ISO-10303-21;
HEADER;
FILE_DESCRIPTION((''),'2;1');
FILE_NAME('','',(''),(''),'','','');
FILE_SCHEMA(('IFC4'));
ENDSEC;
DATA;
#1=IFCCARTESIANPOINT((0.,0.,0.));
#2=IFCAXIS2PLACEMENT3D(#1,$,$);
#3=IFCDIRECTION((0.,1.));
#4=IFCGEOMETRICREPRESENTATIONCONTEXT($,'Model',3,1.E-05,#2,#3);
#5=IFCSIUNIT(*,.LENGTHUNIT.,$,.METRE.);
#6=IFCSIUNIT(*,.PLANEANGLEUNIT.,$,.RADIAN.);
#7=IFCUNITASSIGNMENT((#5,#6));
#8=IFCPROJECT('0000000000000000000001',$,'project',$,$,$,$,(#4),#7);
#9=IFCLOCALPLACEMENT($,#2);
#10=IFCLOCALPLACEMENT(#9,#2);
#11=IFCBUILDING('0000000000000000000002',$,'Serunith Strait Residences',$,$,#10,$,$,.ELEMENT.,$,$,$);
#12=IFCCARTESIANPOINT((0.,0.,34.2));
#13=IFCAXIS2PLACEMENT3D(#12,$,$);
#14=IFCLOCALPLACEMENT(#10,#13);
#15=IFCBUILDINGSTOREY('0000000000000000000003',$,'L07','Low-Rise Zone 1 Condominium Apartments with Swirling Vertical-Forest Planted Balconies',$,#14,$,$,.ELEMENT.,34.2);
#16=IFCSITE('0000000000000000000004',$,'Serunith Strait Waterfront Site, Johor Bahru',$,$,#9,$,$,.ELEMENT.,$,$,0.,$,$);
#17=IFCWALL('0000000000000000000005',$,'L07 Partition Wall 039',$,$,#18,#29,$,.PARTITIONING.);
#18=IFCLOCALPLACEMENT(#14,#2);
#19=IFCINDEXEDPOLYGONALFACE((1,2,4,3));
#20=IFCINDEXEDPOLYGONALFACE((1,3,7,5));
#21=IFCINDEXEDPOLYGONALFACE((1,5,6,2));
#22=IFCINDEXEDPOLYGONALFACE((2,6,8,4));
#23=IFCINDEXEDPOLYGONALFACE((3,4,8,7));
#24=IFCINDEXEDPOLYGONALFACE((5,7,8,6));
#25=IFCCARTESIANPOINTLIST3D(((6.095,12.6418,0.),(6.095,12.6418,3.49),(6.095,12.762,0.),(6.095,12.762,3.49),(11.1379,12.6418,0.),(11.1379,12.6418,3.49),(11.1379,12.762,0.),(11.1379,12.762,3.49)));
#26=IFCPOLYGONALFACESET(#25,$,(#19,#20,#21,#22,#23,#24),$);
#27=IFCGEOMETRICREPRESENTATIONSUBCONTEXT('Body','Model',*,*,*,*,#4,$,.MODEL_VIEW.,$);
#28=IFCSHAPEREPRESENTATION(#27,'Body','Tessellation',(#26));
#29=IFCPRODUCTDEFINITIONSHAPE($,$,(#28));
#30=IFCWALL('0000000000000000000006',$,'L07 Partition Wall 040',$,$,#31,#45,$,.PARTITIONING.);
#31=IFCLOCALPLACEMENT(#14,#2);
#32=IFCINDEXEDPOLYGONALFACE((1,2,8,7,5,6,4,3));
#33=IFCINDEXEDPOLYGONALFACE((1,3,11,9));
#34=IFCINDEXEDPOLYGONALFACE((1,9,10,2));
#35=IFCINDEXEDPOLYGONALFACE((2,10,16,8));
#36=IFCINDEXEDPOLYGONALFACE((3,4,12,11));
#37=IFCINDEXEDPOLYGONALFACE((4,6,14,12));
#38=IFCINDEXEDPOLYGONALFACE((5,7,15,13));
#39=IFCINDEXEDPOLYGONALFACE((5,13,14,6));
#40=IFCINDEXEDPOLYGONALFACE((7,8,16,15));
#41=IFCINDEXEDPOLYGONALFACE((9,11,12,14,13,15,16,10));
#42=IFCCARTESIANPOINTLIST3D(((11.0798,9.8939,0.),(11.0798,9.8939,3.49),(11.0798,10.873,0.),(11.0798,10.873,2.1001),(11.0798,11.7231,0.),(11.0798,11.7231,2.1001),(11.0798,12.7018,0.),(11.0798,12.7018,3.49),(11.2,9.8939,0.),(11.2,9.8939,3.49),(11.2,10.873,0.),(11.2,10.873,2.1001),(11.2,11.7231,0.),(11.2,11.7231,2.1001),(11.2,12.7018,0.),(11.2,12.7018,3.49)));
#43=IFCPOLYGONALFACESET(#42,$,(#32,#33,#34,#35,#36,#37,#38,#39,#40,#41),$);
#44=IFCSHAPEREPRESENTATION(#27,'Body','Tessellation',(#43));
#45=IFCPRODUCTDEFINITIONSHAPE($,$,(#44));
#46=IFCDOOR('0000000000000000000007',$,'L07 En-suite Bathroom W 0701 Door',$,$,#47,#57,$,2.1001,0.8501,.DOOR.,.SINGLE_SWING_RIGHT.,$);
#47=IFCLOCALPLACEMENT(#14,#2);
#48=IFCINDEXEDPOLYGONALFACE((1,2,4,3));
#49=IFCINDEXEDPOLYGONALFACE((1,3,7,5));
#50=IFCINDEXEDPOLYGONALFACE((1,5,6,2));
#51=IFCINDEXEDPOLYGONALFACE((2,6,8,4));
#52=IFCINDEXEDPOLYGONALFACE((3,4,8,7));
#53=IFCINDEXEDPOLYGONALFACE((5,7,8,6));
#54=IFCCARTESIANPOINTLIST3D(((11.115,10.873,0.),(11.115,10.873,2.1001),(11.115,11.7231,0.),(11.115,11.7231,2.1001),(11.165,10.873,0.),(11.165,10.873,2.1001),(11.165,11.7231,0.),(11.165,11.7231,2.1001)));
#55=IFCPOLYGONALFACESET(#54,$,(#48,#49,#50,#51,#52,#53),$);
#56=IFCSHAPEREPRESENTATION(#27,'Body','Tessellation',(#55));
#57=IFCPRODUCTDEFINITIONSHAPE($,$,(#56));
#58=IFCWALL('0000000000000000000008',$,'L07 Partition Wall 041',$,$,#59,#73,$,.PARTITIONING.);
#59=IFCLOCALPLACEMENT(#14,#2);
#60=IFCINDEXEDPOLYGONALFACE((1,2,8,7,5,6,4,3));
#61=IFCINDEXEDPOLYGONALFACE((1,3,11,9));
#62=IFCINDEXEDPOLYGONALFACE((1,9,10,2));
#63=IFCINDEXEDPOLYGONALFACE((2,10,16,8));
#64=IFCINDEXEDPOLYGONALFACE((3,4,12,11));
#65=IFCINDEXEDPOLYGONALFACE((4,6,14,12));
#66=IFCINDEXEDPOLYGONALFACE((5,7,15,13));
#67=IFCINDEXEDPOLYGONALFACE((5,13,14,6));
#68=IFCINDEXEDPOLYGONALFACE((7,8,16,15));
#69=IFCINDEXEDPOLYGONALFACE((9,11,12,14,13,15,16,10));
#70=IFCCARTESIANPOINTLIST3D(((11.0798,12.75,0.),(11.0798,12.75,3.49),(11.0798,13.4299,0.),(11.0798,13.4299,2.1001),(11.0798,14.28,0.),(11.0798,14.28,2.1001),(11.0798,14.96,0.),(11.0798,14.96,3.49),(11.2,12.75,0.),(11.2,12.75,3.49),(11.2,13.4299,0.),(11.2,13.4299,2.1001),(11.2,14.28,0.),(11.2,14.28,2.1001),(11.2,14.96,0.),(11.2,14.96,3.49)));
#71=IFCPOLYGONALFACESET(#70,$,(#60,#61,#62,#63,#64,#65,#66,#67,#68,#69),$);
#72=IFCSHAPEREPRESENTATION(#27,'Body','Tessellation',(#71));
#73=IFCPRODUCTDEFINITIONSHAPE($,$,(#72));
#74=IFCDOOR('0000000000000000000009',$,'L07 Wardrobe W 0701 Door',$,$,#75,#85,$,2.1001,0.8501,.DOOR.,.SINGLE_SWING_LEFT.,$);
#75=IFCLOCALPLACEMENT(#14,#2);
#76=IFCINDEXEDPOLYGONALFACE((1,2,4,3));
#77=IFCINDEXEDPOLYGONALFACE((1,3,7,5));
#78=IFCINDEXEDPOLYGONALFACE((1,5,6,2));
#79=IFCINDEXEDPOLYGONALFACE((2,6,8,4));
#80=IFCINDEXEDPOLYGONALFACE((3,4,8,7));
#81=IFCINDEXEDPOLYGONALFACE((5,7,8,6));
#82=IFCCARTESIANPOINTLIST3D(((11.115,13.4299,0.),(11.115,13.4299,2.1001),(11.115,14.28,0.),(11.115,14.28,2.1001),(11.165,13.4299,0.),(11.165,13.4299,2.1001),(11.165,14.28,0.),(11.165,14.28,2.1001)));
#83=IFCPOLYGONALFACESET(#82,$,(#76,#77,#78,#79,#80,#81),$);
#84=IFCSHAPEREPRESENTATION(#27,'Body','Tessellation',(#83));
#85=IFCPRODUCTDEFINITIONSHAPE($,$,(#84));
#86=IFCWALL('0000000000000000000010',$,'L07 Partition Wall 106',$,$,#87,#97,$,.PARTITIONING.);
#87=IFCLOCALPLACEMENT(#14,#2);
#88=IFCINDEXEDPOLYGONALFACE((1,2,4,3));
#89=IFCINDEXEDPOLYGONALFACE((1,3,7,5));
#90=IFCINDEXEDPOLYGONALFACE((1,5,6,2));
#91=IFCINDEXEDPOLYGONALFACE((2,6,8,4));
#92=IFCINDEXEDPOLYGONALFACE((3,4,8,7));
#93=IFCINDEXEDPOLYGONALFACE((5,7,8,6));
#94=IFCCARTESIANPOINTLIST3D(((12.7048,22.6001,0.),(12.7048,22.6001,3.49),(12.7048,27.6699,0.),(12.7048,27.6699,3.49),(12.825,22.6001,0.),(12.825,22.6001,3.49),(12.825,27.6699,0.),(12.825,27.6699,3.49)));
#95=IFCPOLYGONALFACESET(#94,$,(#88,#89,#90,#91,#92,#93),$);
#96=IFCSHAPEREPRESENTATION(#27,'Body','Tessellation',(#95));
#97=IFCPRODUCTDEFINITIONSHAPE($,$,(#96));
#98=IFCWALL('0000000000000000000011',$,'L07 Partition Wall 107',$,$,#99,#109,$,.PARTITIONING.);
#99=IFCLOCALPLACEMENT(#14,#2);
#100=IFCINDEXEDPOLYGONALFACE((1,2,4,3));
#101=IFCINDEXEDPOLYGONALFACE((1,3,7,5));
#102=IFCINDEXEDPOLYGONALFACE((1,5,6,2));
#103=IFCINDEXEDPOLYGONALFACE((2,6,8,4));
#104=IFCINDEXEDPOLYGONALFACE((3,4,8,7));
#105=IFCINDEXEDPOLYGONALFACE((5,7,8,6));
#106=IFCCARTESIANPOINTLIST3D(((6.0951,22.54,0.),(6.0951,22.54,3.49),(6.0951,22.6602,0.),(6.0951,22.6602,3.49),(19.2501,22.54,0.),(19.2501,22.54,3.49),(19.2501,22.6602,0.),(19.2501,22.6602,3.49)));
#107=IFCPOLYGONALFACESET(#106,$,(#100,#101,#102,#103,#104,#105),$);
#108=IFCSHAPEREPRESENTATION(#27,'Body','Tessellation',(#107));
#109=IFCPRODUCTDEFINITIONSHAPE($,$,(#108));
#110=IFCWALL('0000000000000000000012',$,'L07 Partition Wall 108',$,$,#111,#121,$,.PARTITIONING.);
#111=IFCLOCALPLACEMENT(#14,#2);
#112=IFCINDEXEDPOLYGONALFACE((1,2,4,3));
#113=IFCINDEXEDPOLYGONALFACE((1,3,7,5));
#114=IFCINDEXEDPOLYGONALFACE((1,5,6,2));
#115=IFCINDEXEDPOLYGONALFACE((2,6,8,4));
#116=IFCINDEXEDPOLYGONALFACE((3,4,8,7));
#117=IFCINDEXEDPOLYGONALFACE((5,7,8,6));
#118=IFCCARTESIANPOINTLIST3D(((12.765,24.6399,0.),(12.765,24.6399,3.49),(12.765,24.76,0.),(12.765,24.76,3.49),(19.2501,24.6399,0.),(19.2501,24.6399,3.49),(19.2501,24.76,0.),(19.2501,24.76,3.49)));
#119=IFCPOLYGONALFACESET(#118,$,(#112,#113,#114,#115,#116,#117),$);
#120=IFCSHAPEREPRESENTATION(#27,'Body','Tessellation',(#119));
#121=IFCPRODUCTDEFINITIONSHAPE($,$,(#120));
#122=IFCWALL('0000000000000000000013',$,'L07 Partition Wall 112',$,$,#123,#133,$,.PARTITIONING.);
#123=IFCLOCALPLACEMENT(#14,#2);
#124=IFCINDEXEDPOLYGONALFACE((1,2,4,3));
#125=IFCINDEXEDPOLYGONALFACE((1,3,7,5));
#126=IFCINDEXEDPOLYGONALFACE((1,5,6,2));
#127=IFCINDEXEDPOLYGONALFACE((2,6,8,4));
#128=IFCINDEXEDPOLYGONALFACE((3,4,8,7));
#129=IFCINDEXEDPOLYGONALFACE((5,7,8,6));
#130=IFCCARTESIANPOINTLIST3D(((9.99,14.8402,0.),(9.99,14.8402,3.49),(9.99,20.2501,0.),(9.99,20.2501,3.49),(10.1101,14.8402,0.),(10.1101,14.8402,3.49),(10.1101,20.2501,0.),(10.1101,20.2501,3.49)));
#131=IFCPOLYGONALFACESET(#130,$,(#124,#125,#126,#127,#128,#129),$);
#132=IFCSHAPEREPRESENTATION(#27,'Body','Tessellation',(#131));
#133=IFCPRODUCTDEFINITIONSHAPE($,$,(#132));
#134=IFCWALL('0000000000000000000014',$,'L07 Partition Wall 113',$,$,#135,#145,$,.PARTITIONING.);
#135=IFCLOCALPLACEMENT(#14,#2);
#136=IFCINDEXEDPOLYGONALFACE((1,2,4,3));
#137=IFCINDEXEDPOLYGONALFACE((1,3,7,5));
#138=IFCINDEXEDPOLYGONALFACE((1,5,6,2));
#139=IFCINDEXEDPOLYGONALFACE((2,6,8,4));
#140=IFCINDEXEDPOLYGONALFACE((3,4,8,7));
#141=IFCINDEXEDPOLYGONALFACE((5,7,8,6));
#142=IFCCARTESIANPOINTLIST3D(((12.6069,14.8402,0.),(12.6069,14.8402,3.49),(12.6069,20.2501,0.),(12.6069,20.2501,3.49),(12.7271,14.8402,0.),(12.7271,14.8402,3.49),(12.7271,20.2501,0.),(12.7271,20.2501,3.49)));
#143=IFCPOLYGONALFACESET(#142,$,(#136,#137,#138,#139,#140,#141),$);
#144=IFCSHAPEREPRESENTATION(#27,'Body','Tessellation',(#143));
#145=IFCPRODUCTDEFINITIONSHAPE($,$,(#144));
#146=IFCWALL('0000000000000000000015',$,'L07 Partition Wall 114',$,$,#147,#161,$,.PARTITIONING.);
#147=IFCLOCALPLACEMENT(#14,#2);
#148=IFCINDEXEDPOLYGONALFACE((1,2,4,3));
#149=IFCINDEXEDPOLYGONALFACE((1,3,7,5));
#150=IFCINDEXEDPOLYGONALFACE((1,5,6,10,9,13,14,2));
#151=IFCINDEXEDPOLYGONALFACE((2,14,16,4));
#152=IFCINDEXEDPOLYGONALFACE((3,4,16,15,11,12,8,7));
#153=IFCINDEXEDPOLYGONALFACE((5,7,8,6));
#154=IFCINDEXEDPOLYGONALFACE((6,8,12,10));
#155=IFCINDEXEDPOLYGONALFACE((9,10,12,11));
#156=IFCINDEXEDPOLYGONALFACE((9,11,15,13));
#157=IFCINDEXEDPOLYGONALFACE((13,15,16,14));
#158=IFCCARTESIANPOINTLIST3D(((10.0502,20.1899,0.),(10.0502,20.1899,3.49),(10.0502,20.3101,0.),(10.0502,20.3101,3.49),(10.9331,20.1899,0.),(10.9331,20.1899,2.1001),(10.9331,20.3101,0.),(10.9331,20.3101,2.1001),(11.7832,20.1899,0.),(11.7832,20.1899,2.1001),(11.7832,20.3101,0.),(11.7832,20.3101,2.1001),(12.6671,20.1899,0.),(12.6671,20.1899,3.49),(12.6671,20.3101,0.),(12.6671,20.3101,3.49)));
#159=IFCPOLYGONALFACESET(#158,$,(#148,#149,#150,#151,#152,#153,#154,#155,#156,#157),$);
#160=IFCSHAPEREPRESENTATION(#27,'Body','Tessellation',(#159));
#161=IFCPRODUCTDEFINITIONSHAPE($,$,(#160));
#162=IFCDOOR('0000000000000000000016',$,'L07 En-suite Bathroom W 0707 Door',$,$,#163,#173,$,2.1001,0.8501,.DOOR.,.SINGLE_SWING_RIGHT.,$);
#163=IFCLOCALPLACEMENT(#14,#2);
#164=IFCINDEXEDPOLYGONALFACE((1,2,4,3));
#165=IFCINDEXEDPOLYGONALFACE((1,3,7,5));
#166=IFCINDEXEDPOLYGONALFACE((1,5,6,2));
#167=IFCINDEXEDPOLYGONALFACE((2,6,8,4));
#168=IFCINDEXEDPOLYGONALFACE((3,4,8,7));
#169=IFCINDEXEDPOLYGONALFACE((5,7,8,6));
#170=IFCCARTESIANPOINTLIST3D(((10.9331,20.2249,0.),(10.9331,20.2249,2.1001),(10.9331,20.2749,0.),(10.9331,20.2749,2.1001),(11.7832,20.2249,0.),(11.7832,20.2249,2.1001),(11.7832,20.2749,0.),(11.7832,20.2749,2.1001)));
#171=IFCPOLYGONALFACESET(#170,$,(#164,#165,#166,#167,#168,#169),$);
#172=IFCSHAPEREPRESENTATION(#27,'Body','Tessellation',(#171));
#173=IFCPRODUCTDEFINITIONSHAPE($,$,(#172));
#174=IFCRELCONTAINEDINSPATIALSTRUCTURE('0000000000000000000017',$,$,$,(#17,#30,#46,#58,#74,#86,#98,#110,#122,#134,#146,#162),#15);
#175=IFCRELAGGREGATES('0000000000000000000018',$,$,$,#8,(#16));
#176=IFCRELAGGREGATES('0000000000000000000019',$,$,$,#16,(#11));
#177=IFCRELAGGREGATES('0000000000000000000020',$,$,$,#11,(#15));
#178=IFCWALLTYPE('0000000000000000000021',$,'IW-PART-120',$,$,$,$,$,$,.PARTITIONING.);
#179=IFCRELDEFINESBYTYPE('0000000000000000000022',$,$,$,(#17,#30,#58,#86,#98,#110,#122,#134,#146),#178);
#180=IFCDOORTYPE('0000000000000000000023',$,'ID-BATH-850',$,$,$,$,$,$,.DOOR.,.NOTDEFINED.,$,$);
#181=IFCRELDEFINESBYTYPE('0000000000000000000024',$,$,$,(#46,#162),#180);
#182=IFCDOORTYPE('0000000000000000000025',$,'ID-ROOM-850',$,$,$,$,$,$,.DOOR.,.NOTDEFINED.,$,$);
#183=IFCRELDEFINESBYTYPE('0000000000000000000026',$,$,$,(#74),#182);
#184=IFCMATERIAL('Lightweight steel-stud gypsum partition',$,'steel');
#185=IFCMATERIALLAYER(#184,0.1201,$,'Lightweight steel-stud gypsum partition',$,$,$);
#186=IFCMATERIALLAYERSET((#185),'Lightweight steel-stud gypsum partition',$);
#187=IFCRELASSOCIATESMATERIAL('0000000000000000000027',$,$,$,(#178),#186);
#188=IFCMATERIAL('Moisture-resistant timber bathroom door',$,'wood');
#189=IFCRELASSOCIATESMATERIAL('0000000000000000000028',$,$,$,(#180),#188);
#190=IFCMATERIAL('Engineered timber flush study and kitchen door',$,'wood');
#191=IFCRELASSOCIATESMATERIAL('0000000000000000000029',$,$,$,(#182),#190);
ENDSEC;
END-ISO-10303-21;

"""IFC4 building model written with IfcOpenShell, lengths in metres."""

from ifc_helpers import new_model, si_unit, direction, frame, frame_2d, origin, place, context, subcontext, project, spatial, rectangle, extrude, source, transform, mapped, material, layer, layer_set, type_object, element, fill, save


model = new_model("IFC4")

# Units and contexts
model_context = context("Model", 3, precision=1e-05, world=origin(), true_north=direction((0.0, 1.0)))
body_context = subcontext(model_context, "Body", "Model", "MODEL_VIEW")
ifc_project = project(units=[si_unit("LENGTHUNIT", "METRE"), si_unit("PLANEANGLEUNIT", "RADIAN")], contexts=[model_context])

# Site, building, storey
site_placement = place(None, origin())
site = spatial("IfcSite", under=ifc_project, at=site_placement, Name="Serunith Strait Waterfront Site, Johor Bahru", CompositionType="ELEMENT", RefElevation=0.0)
building_placement = place(site_placement, origin())
building = spatial("IfcBuilding", under=site, at=building_placement, Name="Serunith Strait Residences", CompositionType="ELEMENT")
storey_placement = place(building_placement, frame((0.0, 0.0, 34.2)))
storey = spatial("IfcBuildingStorey", under=building, at=storey_placement, Name="L07", Description="Low-Rise Zone 1 Condominium Apartments with Swirling Vertical-Forest Planted Balconies", CompositionType="ELEMENT", Elevation=34.2)

# Shared definitions
ifc_material_1 = material(Name="Lightweight steel-stud gypsum partition", Category="steel")
ifc_layer_1 = layer(ifc_material_1, 0.1201, Name="Lightweight steel-stud gypsum partition")
ifc_layer_set_1 = layer_set([ifc_layer_1], Name="Lightweight steel-stud gypsum partition")
wall_type_1 = type_object("IfcWallType", Name="IW-PART-120", PredefinedType="PARTITIONING", material=ifc_layer_set_1)
ifc_material_2 = material(Name="Moisture-resistant timber bathroom door", Category="wood")
door_type_1 = type_object("IfcDoorType", Name="ID-BATH-850", OperationType="NOTDEFINED", PredefinedType="DOOR", material=ifc_material_2)
shared_shape_1 = source(origin(), body_context, "Body", "SweptSolid", [
    extrude(rectangle(XDim=0.8501, YDim=2.1001, at=frame_2d((0.425, 1.05))), frame((0.0, 0.0249, 0.0), z_axis=(0.0, -1.0, 0.0), x_axis=(1.0, 0.0, 0.0)), (0.0, 0.0, 1.0), 0.05),
])

# Wall
wall_1_placement = place(storey_placement, frame((6.095, 12.7019, 0.0), z_axis=(0.0, 0.0, 1.0), x_axis=(1.0, 0.0, 0.0)))
element("IfcWall", 1, at=wall_1_placement, inside=storey, type_object=wall_type_1, Name="L07 Partition Wall 039", PredefinedType="PARTITIONING", context=body_context, shape_type="SweptSolid", body=[
    extrude(rectangle(XDim=5.043, YDim=0.1201, at=frame_2d((2.5215, 0.0))), origin(), (0.0, 0.0, 1.0), 3.49),
])

# Walls, openings, doors
wall_2_placement = place(storey_placement, frame((11.1399, 9.894, 0.0), z_axis=(0.0, 0.0, 1.0), x_axis=(0.0, 1.0, 0.0)))
wall_2 = element("IfcWall", 2, at=wall_2_placement, inside=storey, type_object=wall_type_1, Name="L07 Partition Wall 040", PredefinedType="PARTITIONING", context=body_context, shape_type="SweptSolid", body=[
    extrude(rectangle(XDim=2.8079, YDim=0.1201, at=frame_2d((1.4038, 0.0))), origin(), (0.0, 0.0, 1.0), 3.49),
])
opening_1_placement = place(wall_2_placement, frame((0.979, 0.0, 0.0)))
opening_1 = element("IfcOpeningElement", 3, at=opening_1_placement, cuts=wall_2, PredefinedType="OPENING", context=body_context, shape_type="SweptSolid", body=[
    extrude(rectangle(XDim=0.8501, YDim=2.1001, at=frame_2d((0.425, 1.05))), frame((0.0, 0.0701, 0.0), z_axis=(0.0, -1.0, 0.0), x_axis=(1.0, 0.0, 0.0)), (0.0, 0.0, 1.0), 0.1401),
])
door_1_placement = place(opening_1_placement, origin())
door_1 = element("IfcDoor", 4, at=door_1_placement, inside=storey, type_object=door_type_1, Name="L07 En-suite Bathroom W 0701 Door", OperationType="SINGLE_SWING_RIGHT", OverallHeight=2.1001, OverallWidth=0.8501, PredefinedType="DOOR", context=body_context, shape_type="MappedRepresentation", body=[
    mapped(shared_shape_1, transform((0.0, 0.0, 0.0), scale=1.0)),
])
fill(opening_1, door_1)
wall_3_placement = place(storey_placement, frame((11.1399, 12.75, 0.0), z_axis=(0.0, 0.0, 1.0), x_axis=(0.0, 1.0, 0.0)))
wall_3 = element("IfcWall", 5, at=wall_3_placement, inside=storey, type_object=wall_type_1, Name="L07 Partition Wall 041", PredefinedType="PARTITIONING", context=body_context, shape_type="SweptSolid", body=[
    extrude(rectangle(XDim=2.21, YDim=0.1201, at=frame_2d((1.105, 0.0))), origin(), (0.0, 0.0, 1.0), 3.49),
])
opening_2_placement = place(wall_3_placement, frame((0.6799, 0.0, 0.0)))
opening_2 = element("IfcOpeningElement", 6, at=opening_2_placement, cuts=wall_3, PredefinedType="OPENING", context=body_context, shape_type="SweptSolid", body=[
    extrude(rectangle(XDim=0.8501, YDim=2.1001, at=frame_2d((0.425, 1.05))), frame((0.0, 0.0701, 0.0), z_axis=(0.0, -1.0, 0.0), x_axis=(1.0, 0.0, 0.0)), (0.0, 0.0, 1.0), 0.1401),
])
ifc_material_3 = material(Name="Engineered timber flush study and kitchen door", Category="wood")
door_type_2 = type_object("IfcDoorType", Name="ID-ROOM-850", OperationType="NOTDEFINED", PredefinedType="DOOR", material=ifc_material_3)
door_2_placement = place(opening_2_placement, origin())
door_2 = element("IfcDoor", 7, at=door_2_placement, inside=storey, type_object=door_type_2, Name="L07 Wardrobe W 0701 Door", OperationType="SINGLE_SWING_LEFT", OverallHeight=2.1001, OverallWidth=0.8501, PredefinedType="DOOR", context=body_context, shape_type="MappedRepresentation", body=[
    mapped(shared_shape_1, transform((0.0, 0.0, 0.0), scale=1.0)),
])
fill(opening_2, door_2)

# Walls
wall_4_placement = place(storey_placement, frame((12.7649, 22.6001, 0.0), z_axis=(0.0, 0.0, 1.0), x_axis=(0.0, 1.0, 0.0)))
element("IfcWall", 8, at=wall_4_placement, inside=storey, type_object=wall_type_1, Name="L07 Partition Wall 106", PredefinedType="PARTITIONING", context=body_context, shape_type="SweptSolid", body=[
    extrude(rectangle(XDim=5.0698, YDim=0.1201, at=frame_2d((2.5349, 0.0))), origin(), (0.0, 0.0, 1.0), 3.49),
])
wall_5_placement = place(storey_placement, frame((6.095, 22.6001, 0.0), z_axis=(0.0, 0.0, 1.0), x_axis=(1.0, 0.0, 0.0)))
element("IfcWall", 9, at=wall_5_placement, inside=storey, type_object=wall_type_1, Name="L07 Partition Wall 107", PredefinedType="PARTITIONING", context=body_context, shape_type="SweptSolid", body=[
    extrude(rectangle(XDim=13.155, YDim=0.1201, at=frame_2d((6.5776, 0.0))), origin(), (0.0, 0.0, 1.0), 3.49),
])
wall_6_placement = place(storey_placement, frame((12.7649, 24.7, 0.0), z_axis=(0.0, 0.0, 1.0), x_axis=(1.0, 0.0, 0.0)))
element("IfcWall", 10, at=wall_6_placement, inside=storey, type_object=wall_type_1, Name="L07 Partition Wall 108", PredefinedType="PARTITIONING", context=body_context, shape_type="SweptSolid", body=[
    extrude(rectangle(XDim=6.4851, YDim=0.1201, at=frame_2d((3.2427, 0.0))), origin(), (0.0, 0.0, 1.0), 3.49),
])
for number, where, z_axis, x_axis, name in (
    (11, (10.05, 14.8401, 0.0), (0.0, 0.0, 1.0), (0.0, 1.0, 0.0), "L07 Partition Wall 112"),
    (12, (12.667, 14.8401, 0.0), (0.0, 0.0, 1.0), (0.0, 1.0, 0.0), "L07 Partition Wall 113"),
):
    element("IfcWall", number, at=place(storey_placement, frame(where, z_axis=z_axis, x_axis=x_axis)), inside=storey, type_object=wall_type_1, Name=name, PredefinedType="PARTITIONING", context=body_context, shape_type="SweptSolid", body=[
        extrude(rectangle(XDim=5.4099, YDim=0.1201, at=frame_2d((2.7051, 0.0))), origin(), (0.0, 0.0, 1.0), 3.49),
    ])

# Wall, opening, door
wall_7_placement = place(storey_placement, frame((10.05, 20.25, 0.0), z_axis=(0.0, 0.0, 1.0), x_axis=(1.0, 0.0, 0.0)))
wall_7 = element("IfcWall", 13, at=wall_7_placement, inside=storey, type_object=wall_type_1, Name="L07 Partition Wall 114", PredefinedType="PARTITIONING", context=body_context, shape_type="SweptSolid", body=[
    extrude(rectangle(XDim=2.6169, YDim=0.1201, at=frame_2d((1.3086, 0.0))), origin(), (0.0, 0.0, 1.0), 3.49),
])
opening_3_placement = place(wall_7_placement, frame((0.8831, 0.0, 0.0)))
opening_3 = element("IfcOpeningElement", 14, at=opening_3_placement, cuts=wall_7, PredefinedType="OPENING", context=body_context, shape_type="SweptSolid", body=[
    extrude(rectangle(XDim=0.8501, YDim=2.1001, at=frame_2d((0.425, 1.05))), frame((0.0, 0.0701, 0.0), z_axis=(0.0, -1.0, 0.0), x_axis=(1.0, 0.0, 0.0)), (0.0, 0.0, 1.0), 0.1401),
])
door_3_placement = place(opening_3_placement, origin())
door_3 = element("IfcDoor", 15, at=door_3_placement, inside=storey, type_object=door_type_1, Name="L07 En-suite Bathroom W 0707 Door", OperationType="SINGLE_SWING_RIGHT", OverallHeight=2.1001, OverallWidth=0.8501, PredefinedType="DOOR", context=body_context, shape_type="MappedRepresentation", body=[
    mapped(shared_shape_1, transform((0.0, 0.0, 0.0), scale=1.0)),
])
fill(opening_3, door_3)

save(model, "model.ifc")
